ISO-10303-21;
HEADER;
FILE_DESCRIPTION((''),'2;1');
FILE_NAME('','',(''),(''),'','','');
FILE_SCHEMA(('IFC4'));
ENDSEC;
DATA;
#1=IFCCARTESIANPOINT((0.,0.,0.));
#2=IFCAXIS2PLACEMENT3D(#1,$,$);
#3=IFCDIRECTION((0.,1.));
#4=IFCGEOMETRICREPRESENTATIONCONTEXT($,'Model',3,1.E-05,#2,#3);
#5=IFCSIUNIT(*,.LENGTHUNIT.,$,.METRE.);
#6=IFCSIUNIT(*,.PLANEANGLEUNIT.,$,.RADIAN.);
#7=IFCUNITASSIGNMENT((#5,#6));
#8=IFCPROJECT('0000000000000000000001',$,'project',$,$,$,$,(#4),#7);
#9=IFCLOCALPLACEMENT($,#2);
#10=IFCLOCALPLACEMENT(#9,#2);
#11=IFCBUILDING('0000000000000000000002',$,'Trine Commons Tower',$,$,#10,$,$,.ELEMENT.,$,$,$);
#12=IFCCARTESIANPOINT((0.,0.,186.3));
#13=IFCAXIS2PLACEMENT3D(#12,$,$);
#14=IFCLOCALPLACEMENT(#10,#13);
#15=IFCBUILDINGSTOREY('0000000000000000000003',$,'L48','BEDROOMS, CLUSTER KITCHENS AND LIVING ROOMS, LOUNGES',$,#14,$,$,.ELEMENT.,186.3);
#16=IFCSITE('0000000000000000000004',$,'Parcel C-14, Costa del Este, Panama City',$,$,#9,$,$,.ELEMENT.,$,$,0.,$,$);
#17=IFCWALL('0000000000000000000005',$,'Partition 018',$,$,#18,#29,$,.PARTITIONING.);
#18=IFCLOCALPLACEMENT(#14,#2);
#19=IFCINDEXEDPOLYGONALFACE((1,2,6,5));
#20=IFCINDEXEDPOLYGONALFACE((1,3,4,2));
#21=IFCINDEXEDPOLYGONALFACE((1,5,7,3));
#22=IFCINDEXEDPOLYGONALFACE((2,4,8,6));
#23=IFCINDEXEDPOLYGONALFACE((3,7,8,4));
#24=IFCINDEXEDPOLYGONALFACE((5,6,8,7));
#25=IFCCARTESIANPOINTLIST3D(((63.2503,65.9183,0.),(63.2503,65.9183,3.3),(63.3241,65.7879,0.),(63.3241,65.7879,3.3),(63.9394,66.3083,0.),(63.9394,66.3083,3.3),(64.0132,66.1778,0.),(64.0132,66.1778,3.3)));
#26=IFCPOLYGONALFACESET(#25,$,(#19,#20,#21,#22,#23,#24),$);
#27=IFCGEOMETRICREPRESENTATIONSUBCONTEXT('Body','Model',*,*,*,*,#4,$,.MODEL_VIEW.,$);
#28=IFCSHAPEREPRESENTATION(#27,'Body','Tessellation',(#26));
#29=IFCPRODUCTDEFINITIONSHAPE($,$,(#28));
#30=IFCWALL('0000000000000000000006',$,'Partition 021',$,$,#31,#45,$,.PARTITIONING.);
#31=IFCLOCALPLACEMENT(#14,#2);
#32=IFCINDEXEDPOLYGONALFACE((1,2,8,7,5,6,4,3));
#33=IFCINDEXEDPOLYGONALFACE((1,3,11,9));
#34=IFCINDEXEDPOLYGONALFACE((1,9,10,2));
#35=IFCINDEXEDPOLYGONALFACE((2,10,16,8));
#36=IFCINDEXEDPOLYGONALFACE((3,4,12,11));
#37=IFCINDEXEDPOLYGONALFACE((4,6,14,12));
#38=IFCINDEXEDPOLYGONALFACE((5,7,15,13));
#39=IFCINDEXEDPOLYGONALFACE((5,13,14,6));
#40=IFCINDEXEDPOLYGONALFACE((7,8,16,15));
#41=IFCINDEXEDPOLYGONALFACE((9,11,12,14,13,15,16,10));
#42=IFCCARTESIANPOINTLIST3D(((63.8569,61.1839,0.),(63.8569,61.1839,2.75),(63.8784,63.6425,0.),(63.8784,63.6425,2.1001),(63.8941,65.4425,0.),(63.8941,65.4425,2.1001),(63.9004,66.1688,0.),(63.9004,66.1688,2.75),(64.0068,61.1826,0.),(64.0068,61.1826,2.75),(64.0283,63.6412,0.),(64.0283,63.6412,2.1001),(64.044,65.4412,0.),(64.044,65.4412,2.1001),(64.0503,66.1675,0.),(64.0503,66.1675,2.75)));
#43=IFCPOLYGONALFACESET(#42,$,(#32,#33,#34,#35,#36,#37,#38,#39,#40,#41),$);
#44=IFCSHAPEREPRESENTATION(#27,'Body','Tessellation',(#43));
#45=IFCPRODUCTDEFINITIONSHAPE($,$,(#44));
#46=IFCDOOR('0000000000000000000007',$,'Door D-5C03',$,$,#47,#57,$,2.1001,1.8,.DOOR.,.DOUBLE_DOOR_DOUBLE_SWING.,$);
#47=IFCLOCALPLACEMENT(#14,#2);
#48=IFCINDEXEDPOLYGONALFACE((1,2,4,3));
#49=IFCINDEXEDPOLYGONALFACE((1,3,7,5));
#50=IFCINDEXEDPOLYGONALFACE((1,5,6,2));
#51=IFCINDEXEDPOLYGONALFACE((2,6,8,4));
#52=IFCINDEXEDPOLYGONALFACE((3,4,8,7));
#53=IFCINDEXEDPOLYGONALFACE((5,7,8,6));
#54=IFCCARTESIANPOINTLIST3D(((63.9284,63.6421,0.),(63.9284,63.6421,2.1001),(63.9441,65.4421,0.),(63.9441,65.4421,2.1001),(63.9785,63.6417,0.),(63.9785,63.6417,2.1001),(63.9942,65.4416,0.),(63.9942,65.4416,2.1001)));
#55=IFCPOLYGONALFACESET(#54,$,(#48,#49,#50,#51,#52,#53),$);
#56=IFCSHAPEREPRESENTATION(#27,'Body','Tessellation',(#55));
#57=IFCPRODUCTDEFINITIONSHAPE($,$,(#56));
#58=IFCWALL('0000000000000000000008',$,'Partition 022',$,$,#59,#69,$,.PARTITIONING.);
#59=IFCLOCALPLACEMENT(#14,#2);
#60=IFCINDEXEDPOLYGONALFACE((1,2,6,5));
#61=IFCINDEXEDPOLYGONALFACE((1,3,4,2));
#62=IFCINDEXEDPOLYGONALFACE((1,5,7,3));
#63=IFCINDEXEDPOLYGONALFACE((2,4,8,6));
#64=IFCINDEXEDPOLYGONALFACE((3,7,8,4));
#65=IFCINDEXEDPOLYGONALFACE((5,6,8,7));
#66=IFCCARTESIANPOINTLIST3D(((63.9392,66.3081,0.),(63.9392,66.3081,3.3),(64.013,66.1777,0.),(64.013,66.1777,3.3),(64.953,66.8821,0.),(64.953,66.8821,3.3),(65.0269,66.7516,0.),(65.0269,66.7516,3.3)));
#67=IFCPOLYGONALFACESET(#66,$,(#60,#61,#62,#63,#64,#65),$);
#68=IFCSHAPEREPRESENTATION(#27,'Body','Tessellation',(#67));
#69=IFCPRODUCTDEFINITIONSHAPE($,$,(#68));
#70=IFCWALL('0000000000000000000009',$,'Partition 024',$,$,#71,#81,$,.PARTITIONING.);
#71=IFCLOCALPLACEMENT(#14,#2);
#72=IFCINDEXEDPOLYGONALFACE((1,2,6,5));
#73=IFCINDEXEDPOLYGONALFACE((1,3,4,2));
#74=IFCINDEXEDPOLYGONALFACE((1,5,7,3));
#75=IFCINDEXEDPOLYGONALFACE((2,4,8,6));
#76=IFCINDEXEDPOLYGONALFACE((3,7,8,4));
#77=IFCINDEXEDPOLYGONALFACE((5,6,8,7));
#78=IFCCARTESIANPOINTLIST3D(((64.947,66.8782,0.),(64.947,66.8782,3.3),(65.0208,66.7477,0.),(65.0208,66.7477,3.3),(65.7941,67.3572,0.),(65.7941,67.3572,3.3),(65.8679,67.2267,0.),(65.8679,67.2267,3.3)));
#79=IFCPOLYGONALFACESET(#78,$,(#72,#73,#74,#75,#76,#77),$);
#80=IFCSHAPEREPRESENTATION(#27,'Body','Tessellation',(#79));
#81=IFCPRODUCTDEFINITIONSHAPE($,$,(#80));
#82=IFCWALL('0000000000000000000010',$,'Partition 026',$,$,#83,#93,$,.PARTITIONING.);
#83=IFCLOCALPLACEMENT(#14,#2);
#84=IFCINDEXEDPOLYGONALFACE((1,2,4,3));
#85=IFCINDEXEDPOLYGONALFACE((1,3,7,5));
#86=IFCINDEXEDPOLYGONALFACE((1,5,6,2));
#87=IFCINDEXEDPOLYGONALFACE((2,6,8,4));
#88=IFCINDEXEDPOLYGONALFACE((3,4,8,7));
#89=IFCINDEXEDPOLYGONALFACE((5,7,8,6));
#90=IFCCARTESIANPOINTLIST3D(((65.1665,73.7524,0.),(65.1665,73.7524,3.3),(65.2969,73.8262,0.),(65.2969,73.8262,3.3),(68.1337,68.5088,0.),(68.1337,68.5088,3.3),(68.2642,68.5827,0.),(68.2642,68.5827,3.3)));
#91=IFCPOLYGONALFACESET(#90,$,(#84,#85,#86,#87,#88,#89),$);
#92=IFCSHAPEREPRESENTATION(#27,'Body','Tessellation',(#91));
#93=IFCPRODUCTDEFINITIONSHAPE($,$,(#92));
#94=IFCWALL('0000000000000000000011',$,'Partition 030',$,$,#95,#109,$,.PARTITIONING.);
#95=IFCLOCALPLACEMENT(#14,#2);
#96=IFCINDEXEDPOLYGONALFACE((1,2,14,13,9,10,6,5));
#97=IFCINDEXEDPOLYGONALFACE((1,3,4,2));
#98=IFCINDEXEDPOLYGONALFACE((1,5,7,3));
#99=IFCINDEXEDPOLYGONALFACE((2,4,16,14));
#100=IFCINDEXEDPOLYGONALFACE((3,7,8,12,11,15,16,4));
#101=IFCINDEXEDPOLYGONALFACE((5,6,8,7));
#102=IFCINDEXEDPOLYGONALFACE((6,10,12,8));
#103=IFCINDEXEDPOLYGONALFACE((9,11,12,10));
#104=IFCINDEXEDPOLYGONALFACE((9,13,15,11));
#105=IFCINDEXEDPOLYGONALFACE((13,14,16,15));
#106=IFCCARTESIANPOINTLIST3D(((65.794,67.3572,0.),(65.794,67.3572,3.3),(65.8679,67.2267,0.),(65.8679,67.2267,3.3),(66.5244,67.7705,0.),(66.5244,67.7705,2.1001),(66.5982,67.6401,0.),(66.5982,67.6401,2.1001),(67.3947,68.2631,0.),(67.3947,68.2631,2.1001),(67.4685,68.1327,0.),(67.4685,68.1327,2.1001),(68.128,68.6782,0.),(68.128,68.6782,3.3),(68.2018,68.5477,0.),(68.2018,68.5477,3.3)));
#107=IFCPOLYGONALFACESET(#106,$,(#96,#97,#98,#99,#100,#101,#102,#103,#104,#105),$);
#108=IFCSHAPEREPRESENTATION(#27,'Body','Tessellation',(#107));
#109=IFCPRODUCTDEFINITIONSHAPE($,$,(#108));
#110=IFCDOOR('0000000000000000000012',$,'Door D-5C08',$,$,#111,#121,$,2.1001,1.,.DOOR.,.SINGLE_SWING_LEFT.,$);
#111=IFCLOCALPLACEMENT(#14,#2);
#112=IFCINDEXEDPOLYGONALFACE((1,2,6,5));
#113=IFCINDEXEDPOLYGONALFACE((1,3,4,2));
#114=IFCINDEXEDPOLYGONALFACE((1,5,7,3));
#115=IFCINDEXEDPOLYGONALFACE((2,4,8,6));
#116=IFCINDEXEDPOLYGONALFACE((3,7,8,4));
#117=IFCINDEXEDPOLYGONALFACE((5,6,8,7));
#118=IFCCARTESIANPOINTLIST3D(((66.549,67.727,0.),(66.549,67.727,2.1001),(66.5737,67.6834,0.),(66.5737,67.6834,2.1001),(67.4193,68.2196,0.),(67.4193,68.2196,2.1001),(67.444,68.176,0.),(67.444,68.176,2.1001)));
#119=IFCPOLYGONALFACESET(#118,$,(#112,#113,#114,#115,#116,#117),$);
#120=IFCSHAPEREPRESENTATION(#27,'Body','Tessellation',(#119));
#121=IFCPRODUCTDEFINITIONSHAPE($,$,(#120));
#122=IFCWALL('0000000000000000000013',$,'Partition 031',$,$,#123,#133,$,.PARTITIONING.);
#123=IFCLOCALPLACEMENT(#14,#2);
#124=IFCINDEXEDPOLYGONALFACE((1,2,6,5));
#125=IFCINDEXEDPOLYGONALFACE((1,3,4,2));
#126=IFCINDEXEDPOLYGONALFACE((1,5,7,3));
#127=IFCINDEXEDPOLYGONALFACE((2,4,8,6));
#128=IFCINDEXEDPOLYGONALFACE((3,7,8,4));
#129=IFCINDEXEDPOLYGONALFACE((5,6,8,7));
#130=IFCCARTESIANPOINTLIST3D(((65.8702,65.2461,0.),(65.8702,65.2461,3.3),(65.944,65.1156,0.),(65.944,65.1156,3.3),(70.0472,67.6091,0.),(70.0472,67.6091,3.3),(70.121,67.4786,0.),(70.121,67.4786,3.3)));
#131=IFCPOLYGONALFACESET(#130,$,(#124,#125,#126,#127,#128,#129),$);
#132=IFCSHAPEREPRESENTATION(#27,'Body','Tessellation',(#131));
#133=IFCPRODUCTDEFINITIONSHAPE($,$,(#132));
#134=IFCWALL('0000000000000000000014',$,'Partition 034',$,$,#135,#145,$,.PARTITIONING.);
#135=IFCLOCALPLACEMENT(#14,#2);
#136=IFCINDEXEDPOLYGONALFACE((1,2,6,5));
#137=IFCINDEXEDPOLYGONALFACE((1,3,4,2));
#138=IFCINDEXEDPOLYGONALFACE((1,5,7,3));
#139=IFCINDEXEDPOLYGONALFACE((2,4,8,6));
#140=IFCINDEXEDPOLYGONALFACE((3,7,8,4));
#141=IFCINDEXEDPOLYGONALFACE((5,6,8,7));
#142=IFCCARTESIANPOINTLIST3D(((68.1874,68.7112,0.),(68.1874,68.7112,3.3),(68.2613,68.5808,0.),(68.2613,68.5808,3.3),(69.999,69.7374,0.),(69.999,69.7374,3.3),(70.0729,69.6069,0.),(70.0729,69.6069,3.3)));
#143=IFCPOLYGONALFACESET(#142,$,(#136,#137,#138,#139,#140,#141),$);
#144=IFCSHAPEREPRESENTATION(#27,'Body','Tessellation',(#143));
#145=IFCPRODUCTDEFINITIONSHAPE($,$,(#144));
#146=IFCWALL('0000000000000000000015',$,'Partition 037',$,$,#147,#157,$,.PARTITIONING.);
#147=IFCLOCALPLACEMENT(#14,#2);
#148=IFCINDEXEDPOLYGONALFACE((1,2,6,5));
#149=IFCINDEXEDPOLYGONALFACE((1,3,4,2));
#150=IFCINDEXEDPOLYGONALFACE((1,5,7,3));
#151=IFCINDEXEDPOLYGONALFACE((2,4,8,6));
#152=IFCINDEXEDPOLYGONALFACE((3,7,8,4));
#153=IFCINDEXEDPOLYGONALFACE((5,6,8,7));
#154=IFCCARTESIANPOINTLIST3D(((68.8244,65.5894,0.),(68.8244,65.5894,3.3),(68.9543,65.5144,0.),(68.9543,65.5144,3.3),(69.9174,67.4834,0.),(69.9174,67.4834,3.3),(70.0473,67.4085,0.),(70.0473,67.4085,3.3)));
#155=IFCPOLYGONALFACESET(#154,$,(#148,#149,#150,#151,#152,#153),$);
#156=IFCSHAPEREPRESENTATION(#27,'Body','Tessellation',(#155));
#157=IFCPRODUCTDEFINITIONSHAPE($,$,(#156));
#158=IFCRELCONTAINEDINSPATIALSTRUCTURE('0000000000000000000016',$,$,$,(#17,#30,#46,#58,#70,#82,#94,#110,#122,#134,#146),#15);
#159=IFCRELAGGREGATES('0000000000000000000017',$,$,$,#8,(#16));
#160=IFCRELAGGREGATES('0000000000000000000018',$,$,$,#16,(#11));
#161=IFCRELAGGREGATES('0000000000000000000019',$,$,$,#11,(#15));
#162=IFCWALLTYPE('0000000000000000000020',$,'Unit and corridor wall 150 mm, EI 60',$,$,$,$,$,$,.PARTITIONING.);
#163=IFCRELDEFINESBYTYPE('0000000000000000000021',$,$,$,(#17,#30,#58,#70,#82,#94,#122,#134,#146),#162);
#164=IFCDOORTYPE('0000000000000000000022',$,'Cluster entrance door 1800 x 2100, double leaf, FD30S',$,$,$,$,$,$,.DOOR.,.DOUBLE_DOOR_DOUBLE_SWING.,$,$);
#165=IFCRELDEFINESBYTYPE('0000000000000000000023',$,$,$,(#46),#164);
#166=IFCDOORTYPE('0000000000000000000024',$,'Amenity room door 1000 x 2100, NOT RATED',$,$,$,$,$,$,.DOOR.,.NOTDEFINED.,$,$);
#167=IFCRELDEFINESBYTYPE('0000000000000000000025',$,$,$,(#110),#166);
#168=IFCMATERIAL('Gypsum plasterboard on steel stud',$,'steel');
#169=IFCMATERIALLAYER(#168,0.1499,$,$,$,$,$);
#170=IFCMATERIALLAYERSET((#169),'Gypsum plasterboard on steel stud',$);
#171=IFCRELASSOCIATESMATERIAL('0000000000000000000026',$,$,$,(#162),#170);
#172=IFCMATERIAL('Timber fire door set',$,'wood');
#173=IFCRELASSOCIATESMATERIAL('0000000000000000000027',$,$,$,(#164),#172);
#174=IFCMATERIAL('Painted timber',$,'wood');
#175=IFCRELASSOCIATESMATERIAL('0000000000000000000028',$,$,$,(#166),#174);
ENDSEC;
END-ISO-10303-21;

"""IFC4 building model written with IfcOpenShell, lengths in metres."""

from ifc_helpers import new_model, si_unit, direction, frame, frame_2d, origin, place, context, subcontext, project, spatial, rectangle, extrude, material, layer, layer_set, type_object, element, fill, save


model = new_model("IFC4")

# Units and contexts
model_context = context("Model", 3, precision=1e-05, world=origin(), true_north=direction((0.0, 1.0)))
body_context = subcontext(model_context, "Body", "Model", "MODEL_VIEW")
ifc_project = project(units=[si_unit("LENGTHUNIT", "METRE"), si_unit("PLANEANGLEUNIT", "RADIAN")], contexts=[model_context])

# Site, building, storey
site_placement = place(None, origin())
site = spatial("IfcSite", under=ifc_project, at=site_placement, Name="Parcel C-14, Costa del Este, Panama City", CompositionType="ELEMENT", RefElevation=0.0)
building_placement = place(site_placement, origin())
building = spatial("IfcBuilding", under=site, at=building_placement, Name="Trine Commons Tower", CompositionType="ELEMENT")
storey_placement = place(building_placement, frame((0.0, 0.0, 186.3)))
storey = spatial("IfcBuildingStorey", under=building, at=storey_placement, Name="L48", Description="BEDROOMS, CLUSTER KITCHENS AND LIVING ROOMS, LOUNGES", CompositionType="ELEMENT", Elevation=186.3)

# Shared definitions
ifc_material_1 = material(Name="Gypsum plasterboard on steel stud", Category="steel")
ifc_layer_1 = layer(ifc_material_1, 0.1499)
ifc_layer_set_1 = layer_set([ifc_layer_1], Name="Gypsum plasterboard on steel stud")
wall_type_1 = type_object("IfcWallType", Name="Unit and corridor wall 150 mm, EI 60", PredefinedType="PARTITIONING", material=ifc_layer_set_1)

# Shared definitions
ifc_material_2 = material(Name="Timber fire door set", Category="wood")

# Wall
wall_1_placement = place(storey_placement, frame((63.2871, 65.853, 0.0), z_axis=(0.0, 0.0, 1.0), x_axis=(0.870304, 0.492514, 0.0)))
element("IfcWall", 1, at=wall_1_placement, inside=storey, type_object=wall_type_1, Name="Partition 018", PredefinedType="PARTITIONING", context=body_context, shape_type="SweptSolid", body=[
    extrude(rectangle(XDim=0.7917, YDim=0.1499, at=frame_2d((0.396, 0.0))), origin(), (0.0, 0.0, 1.0), 3.3),
])

# Wall, opening, door
wall_2_placement = place(storey_placement, frame((63.9319, 61.1831, 0.0), z_axis=(0.0, 0.0, 1.0), x_axis=(0.008717, 0.999962, 0.0)))
wall_2 = element("IfcWall", 2, at=wall_2_placement, inside=storey, type_object=wall_type_1, Name="Partition 021", PredefinedType="PARTITIONING", context=body_context, shape_type="SweptSolid", body=[
    extrude(rectangle(XDim=4.9851, YDim=0.1499, at=frame_2d((2.4927, 0.0))), origin(), (0.0, 0.0, 1.0), 2.75),
])
opening_1_placement = place(wall_2_placement, frame((2.459, 0.0, 0.0)))
opening_1 = element("IfcOpeningElement", 3, at=opening_1_placement, cuts=wall_2, PredefinedType="OPENING", context=body_context, shape_type="SweptSolid", body=[
    extrude(rectangle(XDim=1.8, YDim=2.1001, at=frame_2d((0.8999, 1.05))), frame((0.0, 0.085, 0.0), z_axis=(0.0, -1.0, 0.0), x_axis=(1.0, 0.0, 0.0)), (0.0, 0.0, 1.0), 0.1699),
])
door_type_1 = type_object("IfcDoorType", Name="Cluster entrance door 1800 x 2100, double leaf, FD30S", OperationType="DOUBLE_DOOR_DOUBLE_SWING", PredefinedType="DOOR", material=ifc_material_2)
door_1_placement = place(opening_1_placement, origin())
door_1 = element("IfcDoor", 4, at=door_1_placement, inside=storey, type_object=door_type_1, Name="Door D-5C03", OperationType="DOUBLE_DOOR_DOUBLE_SWING", OverallHeight=2.1001, OverallWidth=1.8, PredefinedType="DOOR", context=body_context, shape_type="SweptSolid", body=[
    extrude(rectangle(XDim=1.8, YDim=2.1001, at=frame_2d((0.8999, 1.05))), frame((0.0, 0.0249, 0.0), z_axis=(0.0, -1.0, 0.0), x_axis=(1.0, 0.0, 0.0)), (0.0, 0.0, 1.0), 0.05),
])
fill(opening_1, door_1)

# Walls
wall_3_placement = place(storey_placement, frame((63.9761, 66.2429, 0.0), z_axis=(0.0, 0.0, 1.0), x_axis=(0.870235, 0.492637, 0.0)))
element("IfcWall", 5, at=wall_3_placement, inside=storey, type_object=wall_type_1, Name="Partition 022", PredefinedType="PARTITIONING", context=body_context, shape_type="SweptSolid", body=[
    extrude(rectangle(XDim=1.165, YDim=0.1499, at=frame_2d((0.5825, 0.0))), origin(), (0.0, 0.0, 1.0), 3.3),
])
wall_4_placement = place(storey_placement, frame((64.9839, 66.813, 0.0), z_axis=(0.0, 0.0, 1.0), x_axis=(0.870488, 0.49219, 0.0)))
element("IfcWall", 6, at=wall_4_placement, inside=storey, type_object=wall_type_1, Name="Partition 024", PredefinedType="PARTITIONING", context=body_context, shape_type="SweptSolid", body=[
    extrude(rectangle(XDim=0.9731, YDim=0.1499, at=frame_2d((0.4866, 0.0))), origin(), (0.0, 0.0, 1.0), 3.3),
])
wall_5_placement = place(storey_placement, frame((65.2317, 73.7893, 0.0), z_axis=(0.0, 0.0, 1.0), x_axis=(0.492495, -0.870315, 0.0)))
element("IfcWall", 7, at=wall_5_placement, inside=storey, type_object=wall_type_1, Name="Partition 026", PredefinedType="PARTITIONING", context=body_context, shape_type="SweptSolid", body=[
    extrude(rectangle(XDim=6.0249, YDim=0.1499, at=frame_2d((3.0125, 0.0))), origin(), (0.0, 0.0, 1.0), 3.3),
])

# Wall, opening, door
wall_6_placement = place(storey_placement, frame((65.8311, 67.292, 0.0), z_axis=(0.0, 0.0, 1.0), x_axis=(0.870269, 0.492576, 0.0)))
wall_6 = element("IfcWall", 8, at=wall_6_placement, inside=storey, type_object=wall_type_1, Name="Partition 030", PredefinedType="PARTITIONING", context=body_context, shape_type="SweptSolid", body=[
    extrude(rectangle(XDim=2.6819, YDim=0.1499, at=frame_2d((1.3408, 0.0))), origin(), (0.0, 0.0, 1.0), 3.3),
])
opening_2_placement = place(wall_6_placement, frame((0.8391, 0.0, 0.0)))
opening_2 = element("IfcOpeningElement", 9, at=opening_2_placement, cuts=wall_6, PredefinedType="OPENING", context=body_context, shape_type="SweptSolid", body=[
    extrude(rectangle(XDim=1.0, YDim=2.1001, at=frame_2d((0.5, 1.05))), frame((0.0, 0.085, 0.0), z_axis=(0.0, -1.0, 0.0), x_axis=(1.0, 0.0, 0.0)), (0.0, 0.0, 1.0), 0.1699),
])
ifc_material_3 = material(Name="Painted timber", Category="wood")
door_type_2 = type_object("IfcDoorType", Name="Amenity room door 1000 x 2100, NOT RATED", OperationType="NOTDEFINED", PredefinedType="DOOR", material=ifc_material_3)
door_2_placement = place(opening_2_placement, origin())
door_2 = element("IfcDoor", 10, at=door_2_placement, inside=storey, type_object=door_type_2, Name="Door D-5C08", OperationType="SINGLE_SWING_LEFT", OverallHeight=2.1001, OverallWidth=1.0, PredefinedType="DOOR", context=body_context, shape_type="SweptSolid", body=[
    extrude(rectangle(XDim=1.0, YDim=2.1001, at=frame_2d((0.5, 1.05))), frame((0.0, 0.0249, 0.0), z_axis=(0.0, -1.0, 0.0), x_axis=(1.0, 0.0, 0.0)), (0.0, 0.0, 1.0), 0.05),
])
fill(opening_2, door_2)

# Walls
wall_7_placement = place(storey_placement, frame((65.9072, 65.1809, 0.0), z_axis=(0.0, 0.0, 1.0), x_axis=(0.870373, 0.492392, 0.0)))
element("IfcWall", 11, at=wall_7_placement, inside=storey, type_object=wall_type_1, Name="Partition 031", PredefinedType="PARTITIONING", context=body_context, shape_type="SweptSolid", body=[
    extrude(rectangle(XDim=4.7991, YDim=0.1499, at=frame_2d((2.3994, 0.0))), origin(), (0.0, 0.0, 1.0), 3.3),
])
wall_8_placement = place(storey_placement, frame((68.2244, 68.646, 0.0), z_axis=(0.0, 0.0, 1.0), x_axis=(0.870106, 0.492865, 0.0)))
element("IfcWall", 12, at=wall_8_placement, inside=storey, type_object=wall_type_1, Name="Partition 034", PredefinedType="PARTITIONING", context=body_context, shape_type="SweptSolid", body=[
    extrude(rectangle(XDim=2.082, YDim=0.1499, at=frame_2d((1.041, 0.0))), origin(), (0.0, 0.0, 1.0), 3.3),
])
wall_9_placement = place(storey_placement, frame((68.8894, 65.552, 0.0), z_axis=(0.0, 0.0, 1.0), x_axis=(0.499826, 0.866126, 0.0)))
element("IfcWall", 13, at=wall_9_placement, inside=storey, type_object=wall_type_1, Name="Partition 037", PredefinedType="PARTITIONING", context=body_context, shape_type="SweptSolid", body=[
    extrude(rectangle(XDim=2.1868, YDim=0.1499, at=frame_2d((1.0933, 0.0))), origin(), (0.0, 0.0, 1.0), 3.3),
])

save(model, "model.ifc")
